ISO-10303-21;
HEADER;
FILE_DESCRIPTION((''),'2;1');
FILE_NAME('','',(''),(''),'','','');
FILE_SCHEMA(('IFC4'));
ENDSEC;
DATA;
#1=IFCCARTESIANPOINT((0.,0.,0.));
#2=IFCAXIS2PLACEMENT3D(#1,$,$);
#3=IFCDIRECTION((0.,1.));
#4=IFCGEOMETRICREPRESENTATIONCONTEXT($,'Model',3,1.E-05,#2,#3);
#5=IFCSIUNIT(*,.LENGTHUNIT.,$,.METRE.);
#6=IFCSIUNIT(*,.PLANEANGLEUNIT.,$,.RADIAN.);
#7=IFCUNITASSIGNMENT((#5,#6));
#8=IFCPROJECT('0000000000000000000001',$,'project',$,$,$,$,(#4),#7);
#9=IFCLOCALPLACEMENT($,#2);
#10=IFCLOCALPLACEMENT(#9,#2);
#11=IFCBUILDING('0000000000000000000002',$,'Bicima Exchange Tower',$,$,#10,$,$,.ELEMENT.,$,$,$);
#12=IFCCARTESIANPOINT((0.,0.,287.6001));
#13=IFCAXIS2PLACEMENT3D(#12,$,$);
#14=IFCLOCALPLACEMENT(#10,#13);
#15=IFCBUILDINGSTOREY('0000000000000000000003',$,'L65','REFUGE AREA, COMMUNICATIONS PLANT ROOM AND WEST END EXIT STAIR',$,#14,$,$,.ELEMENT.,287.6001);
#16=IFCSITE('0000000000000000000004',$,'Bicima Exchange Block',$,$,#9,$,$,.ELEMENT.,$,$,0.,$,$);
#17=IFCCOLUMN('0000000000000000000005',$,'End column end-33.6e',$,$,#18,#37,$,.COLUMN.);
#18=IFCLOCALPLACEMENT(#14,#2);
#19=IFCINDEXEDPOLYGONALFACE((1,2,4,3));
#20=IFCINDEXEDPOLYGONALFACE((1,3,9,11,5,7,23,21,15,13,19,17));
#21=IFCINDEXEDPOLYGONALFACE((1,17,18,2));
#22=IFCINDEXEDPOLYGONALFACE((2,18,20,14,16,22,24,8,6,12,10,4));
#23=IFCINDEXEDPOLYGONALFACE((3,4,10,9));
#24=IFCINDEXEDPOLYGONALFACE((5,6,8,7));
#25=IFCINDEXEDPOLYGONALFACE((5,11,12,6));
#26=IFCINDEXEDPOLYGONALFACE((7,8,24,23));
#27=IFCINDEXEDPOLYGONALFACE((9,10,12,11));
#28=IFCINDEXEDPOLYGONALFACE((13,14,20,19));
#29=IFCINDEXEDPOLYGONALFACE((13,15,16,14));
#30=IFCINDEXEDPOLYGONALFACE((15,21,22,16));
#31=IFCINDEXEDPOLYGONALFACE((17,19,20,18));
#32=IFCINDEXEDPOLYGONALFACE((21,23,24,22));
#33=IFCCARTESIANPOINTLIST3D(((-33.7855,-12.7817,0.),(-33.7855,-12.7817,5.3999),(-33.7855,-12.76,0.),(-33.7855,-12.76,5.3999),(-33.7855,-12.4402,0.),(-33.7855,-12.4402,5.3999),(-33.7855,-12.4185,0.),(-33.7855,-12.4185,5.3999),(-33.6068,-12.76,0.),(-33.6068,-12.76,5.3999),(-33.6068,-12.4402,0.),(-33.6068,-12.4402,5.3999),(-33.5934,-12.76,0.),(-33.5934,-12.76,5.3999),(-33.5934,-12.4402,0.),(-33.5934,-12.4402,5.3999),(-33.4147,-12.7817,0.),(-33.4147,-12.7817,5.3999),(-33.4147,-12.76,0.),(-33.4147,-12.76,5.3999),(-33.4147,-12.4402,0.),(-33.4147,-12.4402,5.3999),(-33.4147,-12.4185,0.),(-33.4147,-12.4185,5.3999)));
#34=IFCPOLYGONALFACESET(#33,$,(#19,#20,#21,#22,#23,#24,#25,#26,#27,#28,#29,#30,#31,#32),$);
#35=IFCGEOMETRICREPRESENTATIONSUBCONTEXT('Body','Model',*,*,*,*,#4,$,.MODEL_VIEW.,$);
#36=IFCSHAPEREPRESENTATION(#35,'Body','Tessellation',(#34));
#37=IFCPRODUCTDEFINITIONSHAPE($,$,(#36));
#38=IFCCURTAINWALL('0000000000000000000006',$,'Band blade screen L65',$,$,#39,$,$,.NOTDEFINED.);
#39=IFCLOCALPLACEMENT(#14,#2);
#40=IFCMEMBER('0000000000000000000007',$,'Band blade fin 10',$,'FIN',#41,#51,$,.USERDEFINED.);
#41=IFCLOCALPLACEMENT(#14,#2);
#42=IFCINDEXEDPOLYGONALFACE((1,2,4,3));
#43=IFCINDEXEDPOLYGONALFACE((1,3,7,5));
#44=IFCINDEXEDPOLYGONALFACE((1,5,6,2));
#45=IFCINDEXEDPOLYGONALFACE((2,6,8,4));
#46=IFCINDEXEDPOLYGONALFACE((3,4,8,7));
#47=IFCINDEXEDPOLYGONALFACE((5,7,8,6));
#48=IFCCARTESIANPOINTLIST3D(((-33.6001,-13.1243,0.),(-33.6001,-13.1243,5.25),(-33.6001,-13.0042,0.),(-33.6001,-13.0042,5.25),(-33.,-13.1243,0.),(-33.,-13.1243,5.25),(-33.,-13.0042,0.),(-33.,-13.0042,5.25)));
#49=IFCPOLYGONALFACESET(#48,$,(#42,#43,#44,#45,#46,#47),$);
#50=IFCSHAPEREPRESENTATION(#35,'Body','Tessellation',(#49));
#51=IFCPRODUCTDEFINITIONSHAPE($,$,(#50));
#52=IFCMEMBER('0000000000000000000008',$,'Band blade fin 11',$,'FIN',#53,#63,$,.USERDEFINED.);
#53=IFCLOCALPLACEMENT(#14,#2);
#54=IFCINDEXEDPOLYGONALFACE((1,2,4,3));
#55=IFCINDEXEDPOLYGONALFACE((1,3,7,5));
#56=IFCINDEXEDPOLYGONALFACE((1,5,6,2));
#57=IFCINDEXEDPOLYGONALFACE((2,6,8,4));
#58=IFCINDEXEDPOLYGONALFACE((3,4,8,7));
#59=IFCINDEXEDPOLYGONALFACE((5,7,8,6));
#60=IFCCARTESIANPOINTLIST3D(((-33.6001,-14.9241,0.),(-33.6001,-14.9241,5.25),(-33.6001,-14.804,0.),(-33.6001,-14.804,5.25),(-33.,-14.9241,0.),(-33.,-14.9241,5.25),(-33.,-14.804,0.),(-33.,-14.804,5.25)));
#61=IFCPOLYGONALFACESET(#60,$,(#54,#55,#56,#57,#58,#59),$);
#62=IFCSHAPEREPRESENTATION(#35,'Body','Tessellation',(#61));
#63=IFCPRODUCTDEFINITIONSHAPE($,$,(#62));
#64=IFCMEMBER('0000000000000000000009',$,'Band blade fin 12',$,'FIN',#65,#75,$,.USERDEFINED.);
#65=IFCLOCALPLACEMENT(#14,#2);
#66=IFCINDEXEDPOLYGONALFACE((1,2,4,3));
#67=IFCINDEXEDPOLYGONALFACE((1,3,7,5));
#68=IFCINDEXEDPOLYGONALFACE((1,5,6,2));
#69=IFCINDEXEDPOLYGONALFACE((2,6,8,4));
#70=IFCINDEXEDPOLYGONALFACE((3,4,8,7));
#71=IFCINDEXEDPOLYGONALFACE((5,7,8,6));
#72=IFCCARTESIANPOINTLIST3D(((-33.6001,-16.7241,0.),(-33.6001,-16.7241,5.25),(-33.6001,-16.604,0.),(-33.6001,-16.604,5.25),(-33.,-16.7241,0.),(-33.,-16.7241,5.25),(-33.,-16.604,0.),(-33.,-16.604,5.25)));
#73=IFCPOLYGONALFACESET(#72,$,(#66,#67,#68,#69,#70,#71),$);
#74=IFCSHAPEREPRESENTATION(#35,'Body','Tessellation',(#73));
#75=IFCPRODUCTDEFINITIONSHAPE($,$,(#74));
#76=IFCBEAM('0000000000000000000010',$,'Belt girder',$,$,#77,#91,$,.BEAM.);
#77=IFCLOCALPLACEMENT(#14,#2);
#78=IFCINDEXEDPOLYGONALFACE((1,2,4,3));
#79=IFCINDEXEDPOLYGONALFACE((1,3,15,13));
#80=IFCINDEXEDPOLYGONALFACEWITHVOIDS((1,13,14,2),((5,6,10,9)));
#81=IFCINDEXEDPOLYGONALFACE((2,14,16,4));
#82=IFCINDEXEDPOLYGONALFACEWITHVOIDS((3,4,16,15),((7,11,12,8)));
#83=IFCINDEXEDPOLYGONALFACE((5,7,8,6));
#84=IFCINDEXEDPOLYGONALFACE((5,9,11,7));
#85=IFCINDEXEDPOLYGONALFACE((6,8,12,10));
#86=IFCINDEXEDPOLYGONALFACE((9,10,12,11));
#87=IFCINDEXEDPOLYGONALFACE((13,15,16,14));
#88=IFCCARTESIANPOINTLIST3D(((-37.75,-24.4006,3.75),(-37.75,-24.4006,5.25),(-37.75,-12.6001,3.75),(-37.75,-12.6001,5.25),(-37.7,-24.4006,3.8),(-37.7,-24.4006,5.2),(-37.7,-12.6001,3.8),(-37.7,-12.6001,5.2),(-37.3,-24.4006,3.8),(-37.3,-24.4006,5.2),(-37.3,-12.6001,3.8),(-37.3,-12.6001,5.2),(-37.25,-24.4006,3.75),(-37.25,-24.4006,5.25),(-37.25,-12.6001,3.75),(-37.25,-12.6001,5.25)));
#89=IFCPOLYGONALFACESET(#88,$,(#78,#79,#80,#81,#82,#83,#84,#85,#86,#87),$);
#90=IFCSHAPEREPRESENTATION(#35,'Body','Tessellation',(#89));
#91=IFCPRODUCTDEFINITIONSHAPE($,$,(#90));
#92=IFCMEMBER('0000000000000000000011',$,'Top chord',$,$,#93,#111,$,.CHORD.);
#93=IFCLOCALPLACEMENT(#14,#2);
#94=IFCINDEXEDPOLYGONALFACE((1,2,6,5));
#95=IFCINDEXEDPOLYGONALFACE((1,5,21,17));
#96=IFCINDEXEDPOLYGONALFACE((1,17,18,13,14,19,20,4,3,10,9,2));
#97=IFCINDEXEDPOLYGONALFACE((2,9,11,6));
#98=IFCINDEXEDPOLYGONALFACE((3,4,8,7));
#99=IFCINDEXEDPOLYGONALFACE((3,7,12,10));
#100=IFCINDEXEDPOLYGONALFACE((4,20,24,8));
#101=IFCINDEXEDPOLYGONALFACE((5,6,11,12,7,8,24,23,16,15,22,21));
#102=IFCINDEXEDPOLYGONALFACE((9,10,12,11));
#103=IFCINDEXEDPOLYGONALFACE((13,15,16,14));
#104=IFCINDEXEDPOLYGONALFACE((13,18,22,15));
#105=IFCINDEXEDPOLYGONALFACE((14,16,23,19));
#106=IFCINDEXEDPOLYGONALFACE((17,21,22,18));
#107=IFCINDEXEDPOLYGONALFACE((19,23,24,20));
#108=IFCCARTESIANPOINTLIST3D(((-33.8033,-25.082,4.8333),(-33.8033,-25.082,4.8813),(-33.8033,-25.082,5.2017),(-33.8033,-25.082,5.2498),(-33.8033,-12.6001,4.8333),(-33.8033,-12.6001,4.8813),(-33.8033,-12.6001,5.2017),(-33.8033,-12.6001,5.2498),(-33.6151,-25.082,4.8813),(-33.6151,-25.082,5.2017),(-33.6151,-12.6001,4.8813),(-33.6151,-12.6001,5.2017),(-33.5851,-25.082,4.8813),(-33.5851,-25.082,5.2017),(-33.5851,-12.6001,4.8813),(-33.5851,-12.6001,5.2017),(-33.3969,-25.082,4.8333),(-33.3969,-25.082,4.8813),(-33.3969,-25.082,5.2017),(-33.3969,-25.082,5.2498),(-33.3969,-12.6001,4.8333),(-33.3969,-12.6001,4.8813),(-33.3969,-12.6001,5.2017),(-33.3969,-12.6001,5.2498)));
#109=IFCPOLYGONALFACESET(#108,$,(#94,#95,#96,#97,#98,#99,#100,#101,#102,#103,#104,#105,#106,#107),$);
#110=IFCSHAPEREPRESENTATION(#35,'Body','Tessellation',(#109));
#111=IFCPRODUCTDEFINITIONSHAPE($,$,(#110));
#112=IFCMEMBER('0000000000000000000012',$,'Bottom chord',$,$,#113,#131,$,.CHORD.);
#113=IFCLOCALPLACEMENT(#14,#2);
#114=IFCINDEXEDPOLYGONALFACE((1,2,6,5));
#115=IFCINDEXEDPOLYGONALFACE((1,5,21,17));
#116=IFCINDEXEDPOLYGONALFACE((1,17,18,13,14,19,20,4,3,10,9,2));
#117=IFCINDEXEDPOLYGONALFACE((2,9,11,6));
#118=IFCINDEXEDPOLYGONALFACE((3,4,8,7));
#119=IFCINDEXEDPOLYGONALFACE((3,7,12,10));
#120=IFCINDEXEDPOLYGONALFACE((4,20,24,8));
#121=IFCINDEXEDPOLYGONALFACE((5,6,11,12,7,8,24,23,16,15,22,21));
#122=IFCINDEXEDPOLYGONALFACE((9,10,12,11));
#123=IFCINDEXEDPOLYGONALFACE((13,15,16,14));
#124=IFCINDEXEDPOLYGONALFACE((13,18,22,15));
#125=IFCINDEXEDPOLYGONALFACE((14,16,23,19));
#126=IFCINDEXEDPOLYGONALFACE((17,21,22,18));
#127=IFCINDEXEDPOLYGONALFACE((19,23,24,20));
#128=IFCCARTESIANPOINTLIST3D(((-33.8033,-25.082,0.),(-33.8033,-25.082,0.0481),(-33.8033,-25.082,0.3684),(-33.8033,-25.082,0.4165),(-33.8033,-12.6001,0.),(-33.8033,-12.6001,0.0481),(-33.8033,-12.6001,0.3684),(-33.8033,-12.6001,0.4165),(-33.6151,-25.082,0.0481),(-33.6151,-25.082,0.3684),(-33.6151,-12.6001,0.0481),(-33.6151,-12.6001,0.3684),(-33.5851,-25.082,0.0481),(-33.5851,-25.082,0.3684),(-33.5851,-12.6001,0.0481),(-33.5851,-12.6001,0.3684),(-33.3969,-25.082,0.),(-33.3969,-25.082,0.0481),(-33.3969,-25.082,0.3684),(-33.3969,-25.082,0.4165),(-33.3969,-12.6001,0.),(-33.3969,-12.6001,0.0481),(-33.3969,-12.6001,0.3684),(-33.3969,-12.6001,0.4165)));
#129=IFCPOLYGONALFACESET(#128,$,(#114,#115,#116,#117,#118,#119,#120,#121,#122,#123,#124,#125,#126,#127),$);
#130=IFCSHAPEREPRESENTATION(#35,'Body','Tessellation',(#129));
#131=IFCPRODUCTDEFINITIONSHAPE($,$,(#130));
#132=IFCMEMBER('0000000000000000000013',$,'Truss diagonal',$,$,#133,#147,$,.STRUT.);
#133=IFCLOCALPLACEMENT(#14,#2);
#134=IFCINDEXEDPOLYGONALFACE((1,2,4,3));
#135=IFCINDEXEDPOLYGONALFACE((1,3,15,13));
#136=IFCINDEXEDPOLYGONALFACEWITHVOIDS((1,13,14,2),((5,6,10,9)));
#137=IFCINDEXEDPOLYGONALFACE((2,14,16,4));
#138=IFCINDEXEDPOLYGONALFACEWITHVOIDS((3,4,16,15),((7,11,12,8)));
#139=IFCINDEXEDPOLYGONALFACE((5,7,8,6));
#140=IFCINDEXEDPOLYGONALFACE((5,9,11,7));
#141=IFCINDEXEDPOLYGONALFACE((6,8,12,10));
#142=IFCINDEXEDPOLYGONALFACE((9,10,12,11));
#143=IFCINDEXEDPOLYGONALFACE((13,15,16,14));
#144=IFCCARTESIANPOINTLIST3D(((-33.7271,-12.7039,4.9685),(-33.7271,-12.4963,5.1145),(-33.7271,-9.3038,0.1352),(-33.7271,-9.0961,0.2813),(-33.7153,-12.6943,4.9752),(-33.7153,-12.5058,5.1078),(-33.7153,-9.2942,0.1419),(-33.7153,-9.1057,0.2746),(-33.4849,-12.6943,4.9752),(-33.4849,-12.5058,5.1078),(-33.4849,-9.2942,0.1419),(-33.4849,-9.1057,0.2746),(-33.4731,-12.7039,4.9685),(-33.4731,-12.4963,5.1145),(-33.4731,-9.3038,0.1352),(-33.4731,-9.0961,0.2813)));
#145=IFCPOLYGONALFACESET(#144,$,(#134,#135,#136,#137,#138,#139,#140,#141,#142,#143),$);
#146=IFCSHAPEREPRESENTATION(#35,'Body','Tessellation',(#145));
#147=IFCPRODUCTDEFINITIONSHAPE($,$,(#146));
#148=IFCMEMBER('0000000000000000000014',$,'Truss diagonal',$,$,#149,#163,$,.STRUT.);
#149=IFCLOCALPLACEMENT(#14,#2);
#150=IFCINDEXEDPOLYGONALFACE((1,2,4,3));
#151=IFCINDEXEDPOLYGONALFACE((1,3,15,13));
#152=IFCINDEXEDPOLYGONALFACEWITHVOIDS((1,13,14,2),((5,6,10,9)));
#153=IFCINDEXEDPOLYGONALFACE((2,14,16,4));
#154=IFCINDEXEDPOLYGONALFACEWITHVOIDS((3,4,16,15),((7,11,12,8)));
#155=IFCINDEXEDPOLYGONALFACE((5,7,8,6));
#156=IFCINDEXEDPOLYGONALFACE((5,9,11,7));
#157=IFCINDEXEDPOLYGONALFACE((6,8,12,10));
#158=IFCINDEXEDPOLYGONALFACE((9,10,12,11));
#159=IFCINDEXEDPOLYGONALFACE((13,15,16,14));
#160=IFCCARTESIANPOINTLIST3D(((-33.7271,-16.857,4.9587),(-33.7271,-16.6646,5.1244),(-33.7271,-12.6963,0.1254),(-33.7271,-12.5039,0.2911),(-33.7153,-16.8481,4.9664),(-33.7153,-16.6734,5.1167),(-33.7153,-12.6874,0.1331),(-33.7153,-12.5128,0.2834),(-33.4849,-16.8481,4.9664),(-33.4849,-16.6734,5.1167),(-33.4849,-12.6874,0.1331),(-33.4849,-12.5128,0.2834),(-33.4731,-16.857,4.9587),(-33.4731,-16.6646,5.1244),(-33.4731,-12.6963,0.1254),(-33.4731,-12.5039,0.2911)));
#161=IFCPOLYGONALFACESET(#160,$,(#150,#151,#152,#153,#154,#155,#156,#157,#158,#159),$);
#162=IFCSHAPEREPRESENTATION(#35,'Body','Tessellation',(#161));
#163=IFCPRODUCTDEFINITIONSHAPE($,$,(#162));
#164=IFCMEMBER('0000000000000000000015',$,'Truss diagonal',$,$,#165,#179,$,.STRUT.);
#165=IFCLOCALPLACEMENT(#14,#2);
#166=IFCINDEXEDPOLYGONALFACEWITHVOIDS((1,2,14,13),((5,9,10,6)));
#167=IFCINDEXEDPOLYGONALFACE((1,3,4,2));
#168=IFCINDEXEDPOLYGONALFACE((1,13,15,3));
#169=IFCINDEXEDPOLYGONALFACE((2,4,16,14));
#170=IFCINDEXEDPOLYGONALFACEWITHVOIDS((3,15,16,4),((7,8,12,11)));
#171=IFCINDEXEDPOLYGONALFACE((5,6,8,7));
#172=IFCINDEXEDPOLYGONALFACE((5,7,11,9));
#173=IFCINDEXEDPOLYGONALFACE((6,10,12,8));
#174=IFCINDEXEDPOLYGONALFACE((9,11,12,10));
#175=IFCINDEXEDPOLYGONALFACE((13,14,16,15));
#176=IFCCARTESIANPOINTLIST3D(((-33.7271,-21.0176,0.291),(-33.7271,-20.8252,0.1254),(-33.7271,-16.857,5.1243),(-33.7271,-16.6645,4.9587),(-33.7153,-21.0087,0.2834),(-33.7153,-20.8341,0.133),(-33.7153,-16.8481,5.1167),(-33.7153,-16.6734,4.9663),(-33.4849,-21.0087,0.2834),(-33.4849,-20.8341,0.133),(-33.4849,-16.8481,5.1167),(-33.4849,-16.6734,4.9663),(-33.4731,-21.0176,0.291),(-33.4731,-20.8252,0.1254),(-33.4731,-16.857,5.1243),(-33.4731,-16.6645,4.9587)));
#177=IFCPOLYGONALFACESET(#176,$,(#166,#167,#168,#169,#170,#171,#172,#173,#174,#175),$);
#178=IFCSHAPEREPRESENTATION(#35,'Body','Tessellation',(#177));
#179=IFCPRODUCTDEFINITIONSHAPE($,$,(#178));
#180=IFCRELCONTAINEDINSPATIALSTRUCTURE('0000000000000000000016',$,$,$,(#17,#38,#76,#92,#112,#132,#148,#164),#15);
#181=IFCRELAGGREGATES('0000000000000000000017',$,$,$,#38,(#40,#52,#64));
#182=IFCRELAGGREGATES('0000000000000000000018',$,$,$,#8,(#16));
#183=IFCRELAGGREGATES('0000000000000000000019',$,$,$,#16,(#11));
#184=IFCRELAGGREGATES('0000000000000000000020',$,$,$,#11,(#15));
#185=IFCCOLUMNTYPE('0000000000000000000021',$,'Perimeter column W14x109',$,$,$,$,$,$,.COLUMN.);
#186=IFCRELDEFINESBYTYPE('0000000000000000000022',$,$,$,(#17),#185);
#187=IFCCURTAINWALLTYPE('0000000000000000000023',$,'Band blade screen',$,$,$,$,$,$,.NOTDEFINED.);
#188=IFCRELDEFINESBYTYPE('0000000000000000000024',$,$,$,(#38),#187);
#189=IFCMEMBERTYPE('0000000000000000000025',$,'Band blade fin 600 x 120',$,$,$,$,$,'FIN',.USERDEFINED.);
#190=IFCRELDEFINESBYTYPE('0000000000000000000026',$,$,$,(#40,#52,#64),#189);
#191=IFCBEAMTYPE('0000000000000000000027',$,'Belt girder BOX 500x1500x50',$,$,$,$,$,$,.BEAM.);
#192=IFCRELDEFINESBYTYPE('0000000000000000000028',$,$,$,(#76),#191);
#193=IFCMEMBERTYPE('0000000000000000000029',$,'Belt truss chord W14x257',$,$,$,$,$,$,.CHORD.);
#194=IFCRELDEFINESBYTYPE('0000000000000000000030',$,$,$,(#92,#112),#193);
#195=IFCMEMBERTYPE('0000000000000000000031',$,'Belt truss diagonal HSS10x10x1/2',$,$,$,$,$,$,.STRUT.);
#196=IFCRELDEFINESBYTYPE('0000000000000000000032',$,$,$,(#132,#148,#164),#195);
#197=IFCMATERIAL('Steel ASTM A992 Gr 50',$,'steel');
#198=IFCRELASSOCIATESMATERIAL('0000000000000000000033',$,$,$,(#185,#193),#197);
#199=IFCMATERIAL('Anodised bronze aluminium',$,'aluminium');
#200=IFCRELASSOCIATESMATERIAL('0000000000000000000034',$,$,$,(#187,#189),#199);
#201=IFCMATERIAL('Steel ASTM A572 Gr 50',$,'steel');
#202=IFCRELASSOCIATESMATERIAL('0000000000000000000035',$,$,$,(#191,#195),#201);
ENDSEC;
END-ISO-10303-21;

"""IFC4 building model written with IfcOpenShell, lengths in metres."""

from ifc_helpers import new_model, si_unit, direction, frame, origin, origin_2d, place, context, subcontext, project, spatial, rectangle, hollow_rectangle, i_section, extrude, material, material_profile, profile_set, type_object, element, aggregate, save


model = new_model("IFC4")

# Units and contexts
model_context = context("Model", 3, precision=1e-05, world=origin(), true_north=direction((0.0, 1.0)))
body_context = subcontext(model_context, "Body", "Model", "MODEL_VIEW")
ifc_project = project(units=[si_unit("LENGTHUNIT", "METRE"), si_unit("PLANEANGLEUNIT", "RADIAN")], contexts=[model_context])

# Site, building, storey
site_placement = place(None, origin())
site = spatial("IfcSite", under=ifc_project, at=site_placement, Name="Bicima Exchange Block", CompositionType="ELEMENT", RefElevation=0.0)
building_placement = place(site_placement, origin())
building = spatial("IfcBuilding", under=site, at=building_placement, Name="Bicima Exchange Tower", CompositionType="ELEMENT")
storey_placement = place(building_placement, frame((0.0, 0.0, 287.6001)))
storey = spatial("IfcBuildingStorey", under=building, at=storey_placement, Name="L65", Description="REFUGE AREA, COMMUNICATIONS PLANT ROOM AND WEST END EXIT STAIR", CompositionType="ELEMENT", Elevation=287.6001)

# Column
ifc_material_1 = material(Name="Steel ASTM A992 Gr 50", Category="steel")
ifc_material_profile_1 = material_profile(ifc_material_1, i_section(OverallWidth=0.3708, OverallDepth=0.3633, WebThickness=0.0134, FlangeThickness=0.0217, at=origin_2d()))
ifc_profile_set_1 = profile_set([ifc_material_profile_1], Name="Steel ASTM A992 Gr 50")
column_type = type_object("IfcColumnType", Name="Perimeter column W14x109", PredefinedType="COLUMN", material=ifc_profile_set_1)
column_placement = place(storey_placement, frame((-33.6001, -12.6001, 0.0), z_axis=(0.0, 0.0, 1.0), x_axis=(1.0, 0.0, 0.0)))
element("IfcColumn", 1, at=column_placement, inside=storey, type_object=column_type, Name="End column end-33.6e", PredefinedType="COLUMN", context=body_context, shape_type="SweptSolid", body=[
    extrude(i_section(OverallWidth=0.3708, OverallDepth=0.3633, WebThickness=0.0134, FlangeThickness=0.0217, at=origin_2d()), origin(), (0.0, 0.0, 1.0), 5.3999),
])

# Curtain wall, members
ifc_material_2 = material(Name="Anodised bronze aluminium", Category="aluminium")
curtain_wall_type = type_object("IfcCurtainWallType", Name="Band blade screen", PredefinedType="NOTDEFINED", material=ifc_material_2)
curtain_wall_placement = place(storey_placement, origin())
curtain_wall = element("IfcCurtainWall", 2, at=curtain_wall_placement, inside=storey, type_object=curtain_wall_type, Name="Band blade screen L65", PredefinedType="NOTDEFINED")
ifc_material_profile_2 = material_profile(ifc_material_2, rectangle(XDim=0.6001, YDim=0.1201, at=origin_2d()))
ifc_profile_set_2 = profile_set([ifc_material_profile_2], Name="Anodised bronze aluminium")
member_type_1 = type_object("IfcMemberType", Name="Band blade fin 600 x 120", ElementType="FIN", PredefinedType="USERDEFINED", material=ifc_profile_set_2)
member_1_placement = place(storey_placement, frame((-33.3, -13.0642, 0.0), z_axis=(0.0, 0.0, 1.0), x_axis=(1.0, 0.0, 0.0)))
member_1 = element("IfcMember", 3, at=member_1_placement, type_object=member_type_1, Name="Band blade fin 10", ObjectType="FIN", PredefinedType="USERDEFINED", context=body_context, shape_type="SweptSolid", body=[
    extrude(rectangle(XDim=0.6001, YDim=0.1201, at=origin_2d()), origin(), (0.0, 0.0, 1.0), 5.25),
])
member_2_placement = place(storey_placement, frame((-33.3, -14.864, 0.0), z_axis=(0.0, 0.0, 1.0), x_axis=(1.0, 0.0, 0.0)))
member_2 = element("IfcMember", 4, at=member_2_placement, type_object=member_type_1, Name="Band blade fin 11", ObjectType="FIN", PredefinedType="USERDEFINED", context=body_context, shape_type="SweptSolid", body=[
    extrude(rectangle(XDim=0.6001, YDim=0.1201, at=origin_2d()), origin(), (0.0, 0.0, 1.0), 5.25),
])
member_3_placement = place(storey_placement, frame((-33.3, -16.6641, 0.0), z_axis=(0.0, 0.0, 1.0), x_axis=(1.0, 0.0, 0.0)))
member_3 = element("IfcMember", 5, at=member_3_placement, type_object=member_type_1, Name="Band blade fin 12", ObjectType="FIN", PredefinedType="USERDEFINED", context=body_context, shape_type="SweptSolid", body=[
    extrude(rectangle(XDim=0.6001, YDim=0.1201, at=origin_2d()), origin(), (0.0, 0.0, 1.0), 5.25),
])
aggregate(curtain_wall, [member_1, member_2, member_3])

# Beam
ifc_material_3 = material(Name="Steel ASTM A572 Gr 50", Category="steel")
ifc_material_profile_3 = material_profile(ifc_material_3, hollow_rectangle(XDim=0.5, YDim=1.5, WallThickness=0.05, at=origin_2d()))
ifc_profile_set_3 = profile_set([ifc_material_profile_3], Name="Steel ASTM A572 Gr 50")
beam_type_1 = type_object("IfcBeamType", Name="Belt girder BOX 500x1500x50", PredefinedType="BEAM", material=ifc_profile_set_3)
beam_1_placement = place(storey_placement, frame((-37.5, -12.6001, 4.5), z_axis=(0.0, -1.0, 0.0), x_axis=(1.0, 0.0, 0.0)))
element("IfcBeam", 6, at=beam_1_placement, inside=storey, type_object=beam_type_1, Name="Belt girder", PredefinedType="BEAM", context=body_context, shape_type="SweptSolid", body=[
    extrude(hollow_rectangle(XDim=0.5, YDim=1.5, WallThickness=0.05, at=origin_2d()), origin(), (0.0, 0.0, 1.0), 11.8005),
])

# Members
ifc_material_profile_4 = material_profile(ifc_material_1, i_section(OverallWidth=0.4065, OverallDepth=0.4165, WebThickness=0.03, FlangeThickness=0.0481, at=origin_2d()))
ifc_profile_set_4 = profile_set([ifc_material_profile_4], Name="Steel ASTM A992 Gr 50")
member_type_2 = type_object("IfcMemberType", Name="Belt truss chord W14x257", PredefinedType="CHORD", material=ifc_profile_set_4)
for number, where, z_axis, x_axis, name in (
    (7, (-33.6001, -12.6001, 5.0415), (0.0, -1.0, 0.0), (1.0, 0.0, 0.0), "Top chord"),
    (8, (-33.6001, -12.6001, 0.2083), (0.0, -1.0, 0.0), (1.0, 0.0, 0.0), "Bottom chord"),
):
    element("IfcMember", number, at=place(storey_placement, frame(where, z_axis=z_axis, x_axis=x_axis)), inside=storey, type_object=member_type_2, Name=name, PredefinedType="CHORD", context=body_context, shape_type="SweptSolid", body=[
        extrude(i_section(OverallWidth=0.4065, OverallDepth=0.4165, WebThickness=0.03, FlangeThickness=0.0481, at=origin_2d()), origin(), (0.0, 0.0, 1.0), 12.4819),
    ])
ifc_material_profile_5 = material_profile(ifc_material_3, hollow_rectangle(XDim=0.2539, YDim=0.2539, WallThickness=0.0117, at=origin_2d()))
ifc_profile_set_5 = profile_set([ifc_material_profile_5], Name="Steel ASTM A572 Gr 50")
member_type_3 = type_object("IfcMemberType", Name="Belt truss diagonal HSS10x10x1/2", PredefinedType="STRUT", material=ifc_profile_set_5)
member_4_placement = place(storey_placement, frame((-33.6001, -9.2, 0.2083), z_axis=(0.0, -0.575377, 0.817889), x_axis=(1.0, 0.0, 0.0)))
element("IfcMember", 9, at=member_4_placement, inside=storey, type_object=member_type_3, Name="Truss diagonal", PredefinedType="STRUT", context=body_context, shape_type="SweptSolid", body=[
    extrude(hollow_rectangle(XDim=0.2539, YDim=0.2539, WallThickness=0.0117, at=origin_2d()), origin(), (0.0, 0.0, 1.0), 5.9094),
])
for number, where, z_axis, x_axis, name in (
    (10, (-33.6001, -12.6001, 0.2083), (0.0, -0.652404, 0.757871), (1.0, 0.0, 0.0), "Truss diagonal"),
    (11, (-33.6001, -16.7607, 5.0415), (0.0, -0.652404, -0.757871), (1.0, 0.0, 0.0), "Truss diagonal"),
):
    element("IfcMember", number, at=place(storey_placement, frame(where, z_axis=z_axis, x_axis=x_axis)), inside=storey, type_object=member_type_3, Name=name, PredefinedType="STRUT", context=body_context, shape_type="SweptSolid", body=[
        extrude(hollow_rectangle(XDim=0.2539, YDim=0.2539, WallThickness=0.0117, at=origin_2d()), origin(), (0.0, 0.0, 1.0), 6.3774),
    ])

save(model, "model.ifc")
